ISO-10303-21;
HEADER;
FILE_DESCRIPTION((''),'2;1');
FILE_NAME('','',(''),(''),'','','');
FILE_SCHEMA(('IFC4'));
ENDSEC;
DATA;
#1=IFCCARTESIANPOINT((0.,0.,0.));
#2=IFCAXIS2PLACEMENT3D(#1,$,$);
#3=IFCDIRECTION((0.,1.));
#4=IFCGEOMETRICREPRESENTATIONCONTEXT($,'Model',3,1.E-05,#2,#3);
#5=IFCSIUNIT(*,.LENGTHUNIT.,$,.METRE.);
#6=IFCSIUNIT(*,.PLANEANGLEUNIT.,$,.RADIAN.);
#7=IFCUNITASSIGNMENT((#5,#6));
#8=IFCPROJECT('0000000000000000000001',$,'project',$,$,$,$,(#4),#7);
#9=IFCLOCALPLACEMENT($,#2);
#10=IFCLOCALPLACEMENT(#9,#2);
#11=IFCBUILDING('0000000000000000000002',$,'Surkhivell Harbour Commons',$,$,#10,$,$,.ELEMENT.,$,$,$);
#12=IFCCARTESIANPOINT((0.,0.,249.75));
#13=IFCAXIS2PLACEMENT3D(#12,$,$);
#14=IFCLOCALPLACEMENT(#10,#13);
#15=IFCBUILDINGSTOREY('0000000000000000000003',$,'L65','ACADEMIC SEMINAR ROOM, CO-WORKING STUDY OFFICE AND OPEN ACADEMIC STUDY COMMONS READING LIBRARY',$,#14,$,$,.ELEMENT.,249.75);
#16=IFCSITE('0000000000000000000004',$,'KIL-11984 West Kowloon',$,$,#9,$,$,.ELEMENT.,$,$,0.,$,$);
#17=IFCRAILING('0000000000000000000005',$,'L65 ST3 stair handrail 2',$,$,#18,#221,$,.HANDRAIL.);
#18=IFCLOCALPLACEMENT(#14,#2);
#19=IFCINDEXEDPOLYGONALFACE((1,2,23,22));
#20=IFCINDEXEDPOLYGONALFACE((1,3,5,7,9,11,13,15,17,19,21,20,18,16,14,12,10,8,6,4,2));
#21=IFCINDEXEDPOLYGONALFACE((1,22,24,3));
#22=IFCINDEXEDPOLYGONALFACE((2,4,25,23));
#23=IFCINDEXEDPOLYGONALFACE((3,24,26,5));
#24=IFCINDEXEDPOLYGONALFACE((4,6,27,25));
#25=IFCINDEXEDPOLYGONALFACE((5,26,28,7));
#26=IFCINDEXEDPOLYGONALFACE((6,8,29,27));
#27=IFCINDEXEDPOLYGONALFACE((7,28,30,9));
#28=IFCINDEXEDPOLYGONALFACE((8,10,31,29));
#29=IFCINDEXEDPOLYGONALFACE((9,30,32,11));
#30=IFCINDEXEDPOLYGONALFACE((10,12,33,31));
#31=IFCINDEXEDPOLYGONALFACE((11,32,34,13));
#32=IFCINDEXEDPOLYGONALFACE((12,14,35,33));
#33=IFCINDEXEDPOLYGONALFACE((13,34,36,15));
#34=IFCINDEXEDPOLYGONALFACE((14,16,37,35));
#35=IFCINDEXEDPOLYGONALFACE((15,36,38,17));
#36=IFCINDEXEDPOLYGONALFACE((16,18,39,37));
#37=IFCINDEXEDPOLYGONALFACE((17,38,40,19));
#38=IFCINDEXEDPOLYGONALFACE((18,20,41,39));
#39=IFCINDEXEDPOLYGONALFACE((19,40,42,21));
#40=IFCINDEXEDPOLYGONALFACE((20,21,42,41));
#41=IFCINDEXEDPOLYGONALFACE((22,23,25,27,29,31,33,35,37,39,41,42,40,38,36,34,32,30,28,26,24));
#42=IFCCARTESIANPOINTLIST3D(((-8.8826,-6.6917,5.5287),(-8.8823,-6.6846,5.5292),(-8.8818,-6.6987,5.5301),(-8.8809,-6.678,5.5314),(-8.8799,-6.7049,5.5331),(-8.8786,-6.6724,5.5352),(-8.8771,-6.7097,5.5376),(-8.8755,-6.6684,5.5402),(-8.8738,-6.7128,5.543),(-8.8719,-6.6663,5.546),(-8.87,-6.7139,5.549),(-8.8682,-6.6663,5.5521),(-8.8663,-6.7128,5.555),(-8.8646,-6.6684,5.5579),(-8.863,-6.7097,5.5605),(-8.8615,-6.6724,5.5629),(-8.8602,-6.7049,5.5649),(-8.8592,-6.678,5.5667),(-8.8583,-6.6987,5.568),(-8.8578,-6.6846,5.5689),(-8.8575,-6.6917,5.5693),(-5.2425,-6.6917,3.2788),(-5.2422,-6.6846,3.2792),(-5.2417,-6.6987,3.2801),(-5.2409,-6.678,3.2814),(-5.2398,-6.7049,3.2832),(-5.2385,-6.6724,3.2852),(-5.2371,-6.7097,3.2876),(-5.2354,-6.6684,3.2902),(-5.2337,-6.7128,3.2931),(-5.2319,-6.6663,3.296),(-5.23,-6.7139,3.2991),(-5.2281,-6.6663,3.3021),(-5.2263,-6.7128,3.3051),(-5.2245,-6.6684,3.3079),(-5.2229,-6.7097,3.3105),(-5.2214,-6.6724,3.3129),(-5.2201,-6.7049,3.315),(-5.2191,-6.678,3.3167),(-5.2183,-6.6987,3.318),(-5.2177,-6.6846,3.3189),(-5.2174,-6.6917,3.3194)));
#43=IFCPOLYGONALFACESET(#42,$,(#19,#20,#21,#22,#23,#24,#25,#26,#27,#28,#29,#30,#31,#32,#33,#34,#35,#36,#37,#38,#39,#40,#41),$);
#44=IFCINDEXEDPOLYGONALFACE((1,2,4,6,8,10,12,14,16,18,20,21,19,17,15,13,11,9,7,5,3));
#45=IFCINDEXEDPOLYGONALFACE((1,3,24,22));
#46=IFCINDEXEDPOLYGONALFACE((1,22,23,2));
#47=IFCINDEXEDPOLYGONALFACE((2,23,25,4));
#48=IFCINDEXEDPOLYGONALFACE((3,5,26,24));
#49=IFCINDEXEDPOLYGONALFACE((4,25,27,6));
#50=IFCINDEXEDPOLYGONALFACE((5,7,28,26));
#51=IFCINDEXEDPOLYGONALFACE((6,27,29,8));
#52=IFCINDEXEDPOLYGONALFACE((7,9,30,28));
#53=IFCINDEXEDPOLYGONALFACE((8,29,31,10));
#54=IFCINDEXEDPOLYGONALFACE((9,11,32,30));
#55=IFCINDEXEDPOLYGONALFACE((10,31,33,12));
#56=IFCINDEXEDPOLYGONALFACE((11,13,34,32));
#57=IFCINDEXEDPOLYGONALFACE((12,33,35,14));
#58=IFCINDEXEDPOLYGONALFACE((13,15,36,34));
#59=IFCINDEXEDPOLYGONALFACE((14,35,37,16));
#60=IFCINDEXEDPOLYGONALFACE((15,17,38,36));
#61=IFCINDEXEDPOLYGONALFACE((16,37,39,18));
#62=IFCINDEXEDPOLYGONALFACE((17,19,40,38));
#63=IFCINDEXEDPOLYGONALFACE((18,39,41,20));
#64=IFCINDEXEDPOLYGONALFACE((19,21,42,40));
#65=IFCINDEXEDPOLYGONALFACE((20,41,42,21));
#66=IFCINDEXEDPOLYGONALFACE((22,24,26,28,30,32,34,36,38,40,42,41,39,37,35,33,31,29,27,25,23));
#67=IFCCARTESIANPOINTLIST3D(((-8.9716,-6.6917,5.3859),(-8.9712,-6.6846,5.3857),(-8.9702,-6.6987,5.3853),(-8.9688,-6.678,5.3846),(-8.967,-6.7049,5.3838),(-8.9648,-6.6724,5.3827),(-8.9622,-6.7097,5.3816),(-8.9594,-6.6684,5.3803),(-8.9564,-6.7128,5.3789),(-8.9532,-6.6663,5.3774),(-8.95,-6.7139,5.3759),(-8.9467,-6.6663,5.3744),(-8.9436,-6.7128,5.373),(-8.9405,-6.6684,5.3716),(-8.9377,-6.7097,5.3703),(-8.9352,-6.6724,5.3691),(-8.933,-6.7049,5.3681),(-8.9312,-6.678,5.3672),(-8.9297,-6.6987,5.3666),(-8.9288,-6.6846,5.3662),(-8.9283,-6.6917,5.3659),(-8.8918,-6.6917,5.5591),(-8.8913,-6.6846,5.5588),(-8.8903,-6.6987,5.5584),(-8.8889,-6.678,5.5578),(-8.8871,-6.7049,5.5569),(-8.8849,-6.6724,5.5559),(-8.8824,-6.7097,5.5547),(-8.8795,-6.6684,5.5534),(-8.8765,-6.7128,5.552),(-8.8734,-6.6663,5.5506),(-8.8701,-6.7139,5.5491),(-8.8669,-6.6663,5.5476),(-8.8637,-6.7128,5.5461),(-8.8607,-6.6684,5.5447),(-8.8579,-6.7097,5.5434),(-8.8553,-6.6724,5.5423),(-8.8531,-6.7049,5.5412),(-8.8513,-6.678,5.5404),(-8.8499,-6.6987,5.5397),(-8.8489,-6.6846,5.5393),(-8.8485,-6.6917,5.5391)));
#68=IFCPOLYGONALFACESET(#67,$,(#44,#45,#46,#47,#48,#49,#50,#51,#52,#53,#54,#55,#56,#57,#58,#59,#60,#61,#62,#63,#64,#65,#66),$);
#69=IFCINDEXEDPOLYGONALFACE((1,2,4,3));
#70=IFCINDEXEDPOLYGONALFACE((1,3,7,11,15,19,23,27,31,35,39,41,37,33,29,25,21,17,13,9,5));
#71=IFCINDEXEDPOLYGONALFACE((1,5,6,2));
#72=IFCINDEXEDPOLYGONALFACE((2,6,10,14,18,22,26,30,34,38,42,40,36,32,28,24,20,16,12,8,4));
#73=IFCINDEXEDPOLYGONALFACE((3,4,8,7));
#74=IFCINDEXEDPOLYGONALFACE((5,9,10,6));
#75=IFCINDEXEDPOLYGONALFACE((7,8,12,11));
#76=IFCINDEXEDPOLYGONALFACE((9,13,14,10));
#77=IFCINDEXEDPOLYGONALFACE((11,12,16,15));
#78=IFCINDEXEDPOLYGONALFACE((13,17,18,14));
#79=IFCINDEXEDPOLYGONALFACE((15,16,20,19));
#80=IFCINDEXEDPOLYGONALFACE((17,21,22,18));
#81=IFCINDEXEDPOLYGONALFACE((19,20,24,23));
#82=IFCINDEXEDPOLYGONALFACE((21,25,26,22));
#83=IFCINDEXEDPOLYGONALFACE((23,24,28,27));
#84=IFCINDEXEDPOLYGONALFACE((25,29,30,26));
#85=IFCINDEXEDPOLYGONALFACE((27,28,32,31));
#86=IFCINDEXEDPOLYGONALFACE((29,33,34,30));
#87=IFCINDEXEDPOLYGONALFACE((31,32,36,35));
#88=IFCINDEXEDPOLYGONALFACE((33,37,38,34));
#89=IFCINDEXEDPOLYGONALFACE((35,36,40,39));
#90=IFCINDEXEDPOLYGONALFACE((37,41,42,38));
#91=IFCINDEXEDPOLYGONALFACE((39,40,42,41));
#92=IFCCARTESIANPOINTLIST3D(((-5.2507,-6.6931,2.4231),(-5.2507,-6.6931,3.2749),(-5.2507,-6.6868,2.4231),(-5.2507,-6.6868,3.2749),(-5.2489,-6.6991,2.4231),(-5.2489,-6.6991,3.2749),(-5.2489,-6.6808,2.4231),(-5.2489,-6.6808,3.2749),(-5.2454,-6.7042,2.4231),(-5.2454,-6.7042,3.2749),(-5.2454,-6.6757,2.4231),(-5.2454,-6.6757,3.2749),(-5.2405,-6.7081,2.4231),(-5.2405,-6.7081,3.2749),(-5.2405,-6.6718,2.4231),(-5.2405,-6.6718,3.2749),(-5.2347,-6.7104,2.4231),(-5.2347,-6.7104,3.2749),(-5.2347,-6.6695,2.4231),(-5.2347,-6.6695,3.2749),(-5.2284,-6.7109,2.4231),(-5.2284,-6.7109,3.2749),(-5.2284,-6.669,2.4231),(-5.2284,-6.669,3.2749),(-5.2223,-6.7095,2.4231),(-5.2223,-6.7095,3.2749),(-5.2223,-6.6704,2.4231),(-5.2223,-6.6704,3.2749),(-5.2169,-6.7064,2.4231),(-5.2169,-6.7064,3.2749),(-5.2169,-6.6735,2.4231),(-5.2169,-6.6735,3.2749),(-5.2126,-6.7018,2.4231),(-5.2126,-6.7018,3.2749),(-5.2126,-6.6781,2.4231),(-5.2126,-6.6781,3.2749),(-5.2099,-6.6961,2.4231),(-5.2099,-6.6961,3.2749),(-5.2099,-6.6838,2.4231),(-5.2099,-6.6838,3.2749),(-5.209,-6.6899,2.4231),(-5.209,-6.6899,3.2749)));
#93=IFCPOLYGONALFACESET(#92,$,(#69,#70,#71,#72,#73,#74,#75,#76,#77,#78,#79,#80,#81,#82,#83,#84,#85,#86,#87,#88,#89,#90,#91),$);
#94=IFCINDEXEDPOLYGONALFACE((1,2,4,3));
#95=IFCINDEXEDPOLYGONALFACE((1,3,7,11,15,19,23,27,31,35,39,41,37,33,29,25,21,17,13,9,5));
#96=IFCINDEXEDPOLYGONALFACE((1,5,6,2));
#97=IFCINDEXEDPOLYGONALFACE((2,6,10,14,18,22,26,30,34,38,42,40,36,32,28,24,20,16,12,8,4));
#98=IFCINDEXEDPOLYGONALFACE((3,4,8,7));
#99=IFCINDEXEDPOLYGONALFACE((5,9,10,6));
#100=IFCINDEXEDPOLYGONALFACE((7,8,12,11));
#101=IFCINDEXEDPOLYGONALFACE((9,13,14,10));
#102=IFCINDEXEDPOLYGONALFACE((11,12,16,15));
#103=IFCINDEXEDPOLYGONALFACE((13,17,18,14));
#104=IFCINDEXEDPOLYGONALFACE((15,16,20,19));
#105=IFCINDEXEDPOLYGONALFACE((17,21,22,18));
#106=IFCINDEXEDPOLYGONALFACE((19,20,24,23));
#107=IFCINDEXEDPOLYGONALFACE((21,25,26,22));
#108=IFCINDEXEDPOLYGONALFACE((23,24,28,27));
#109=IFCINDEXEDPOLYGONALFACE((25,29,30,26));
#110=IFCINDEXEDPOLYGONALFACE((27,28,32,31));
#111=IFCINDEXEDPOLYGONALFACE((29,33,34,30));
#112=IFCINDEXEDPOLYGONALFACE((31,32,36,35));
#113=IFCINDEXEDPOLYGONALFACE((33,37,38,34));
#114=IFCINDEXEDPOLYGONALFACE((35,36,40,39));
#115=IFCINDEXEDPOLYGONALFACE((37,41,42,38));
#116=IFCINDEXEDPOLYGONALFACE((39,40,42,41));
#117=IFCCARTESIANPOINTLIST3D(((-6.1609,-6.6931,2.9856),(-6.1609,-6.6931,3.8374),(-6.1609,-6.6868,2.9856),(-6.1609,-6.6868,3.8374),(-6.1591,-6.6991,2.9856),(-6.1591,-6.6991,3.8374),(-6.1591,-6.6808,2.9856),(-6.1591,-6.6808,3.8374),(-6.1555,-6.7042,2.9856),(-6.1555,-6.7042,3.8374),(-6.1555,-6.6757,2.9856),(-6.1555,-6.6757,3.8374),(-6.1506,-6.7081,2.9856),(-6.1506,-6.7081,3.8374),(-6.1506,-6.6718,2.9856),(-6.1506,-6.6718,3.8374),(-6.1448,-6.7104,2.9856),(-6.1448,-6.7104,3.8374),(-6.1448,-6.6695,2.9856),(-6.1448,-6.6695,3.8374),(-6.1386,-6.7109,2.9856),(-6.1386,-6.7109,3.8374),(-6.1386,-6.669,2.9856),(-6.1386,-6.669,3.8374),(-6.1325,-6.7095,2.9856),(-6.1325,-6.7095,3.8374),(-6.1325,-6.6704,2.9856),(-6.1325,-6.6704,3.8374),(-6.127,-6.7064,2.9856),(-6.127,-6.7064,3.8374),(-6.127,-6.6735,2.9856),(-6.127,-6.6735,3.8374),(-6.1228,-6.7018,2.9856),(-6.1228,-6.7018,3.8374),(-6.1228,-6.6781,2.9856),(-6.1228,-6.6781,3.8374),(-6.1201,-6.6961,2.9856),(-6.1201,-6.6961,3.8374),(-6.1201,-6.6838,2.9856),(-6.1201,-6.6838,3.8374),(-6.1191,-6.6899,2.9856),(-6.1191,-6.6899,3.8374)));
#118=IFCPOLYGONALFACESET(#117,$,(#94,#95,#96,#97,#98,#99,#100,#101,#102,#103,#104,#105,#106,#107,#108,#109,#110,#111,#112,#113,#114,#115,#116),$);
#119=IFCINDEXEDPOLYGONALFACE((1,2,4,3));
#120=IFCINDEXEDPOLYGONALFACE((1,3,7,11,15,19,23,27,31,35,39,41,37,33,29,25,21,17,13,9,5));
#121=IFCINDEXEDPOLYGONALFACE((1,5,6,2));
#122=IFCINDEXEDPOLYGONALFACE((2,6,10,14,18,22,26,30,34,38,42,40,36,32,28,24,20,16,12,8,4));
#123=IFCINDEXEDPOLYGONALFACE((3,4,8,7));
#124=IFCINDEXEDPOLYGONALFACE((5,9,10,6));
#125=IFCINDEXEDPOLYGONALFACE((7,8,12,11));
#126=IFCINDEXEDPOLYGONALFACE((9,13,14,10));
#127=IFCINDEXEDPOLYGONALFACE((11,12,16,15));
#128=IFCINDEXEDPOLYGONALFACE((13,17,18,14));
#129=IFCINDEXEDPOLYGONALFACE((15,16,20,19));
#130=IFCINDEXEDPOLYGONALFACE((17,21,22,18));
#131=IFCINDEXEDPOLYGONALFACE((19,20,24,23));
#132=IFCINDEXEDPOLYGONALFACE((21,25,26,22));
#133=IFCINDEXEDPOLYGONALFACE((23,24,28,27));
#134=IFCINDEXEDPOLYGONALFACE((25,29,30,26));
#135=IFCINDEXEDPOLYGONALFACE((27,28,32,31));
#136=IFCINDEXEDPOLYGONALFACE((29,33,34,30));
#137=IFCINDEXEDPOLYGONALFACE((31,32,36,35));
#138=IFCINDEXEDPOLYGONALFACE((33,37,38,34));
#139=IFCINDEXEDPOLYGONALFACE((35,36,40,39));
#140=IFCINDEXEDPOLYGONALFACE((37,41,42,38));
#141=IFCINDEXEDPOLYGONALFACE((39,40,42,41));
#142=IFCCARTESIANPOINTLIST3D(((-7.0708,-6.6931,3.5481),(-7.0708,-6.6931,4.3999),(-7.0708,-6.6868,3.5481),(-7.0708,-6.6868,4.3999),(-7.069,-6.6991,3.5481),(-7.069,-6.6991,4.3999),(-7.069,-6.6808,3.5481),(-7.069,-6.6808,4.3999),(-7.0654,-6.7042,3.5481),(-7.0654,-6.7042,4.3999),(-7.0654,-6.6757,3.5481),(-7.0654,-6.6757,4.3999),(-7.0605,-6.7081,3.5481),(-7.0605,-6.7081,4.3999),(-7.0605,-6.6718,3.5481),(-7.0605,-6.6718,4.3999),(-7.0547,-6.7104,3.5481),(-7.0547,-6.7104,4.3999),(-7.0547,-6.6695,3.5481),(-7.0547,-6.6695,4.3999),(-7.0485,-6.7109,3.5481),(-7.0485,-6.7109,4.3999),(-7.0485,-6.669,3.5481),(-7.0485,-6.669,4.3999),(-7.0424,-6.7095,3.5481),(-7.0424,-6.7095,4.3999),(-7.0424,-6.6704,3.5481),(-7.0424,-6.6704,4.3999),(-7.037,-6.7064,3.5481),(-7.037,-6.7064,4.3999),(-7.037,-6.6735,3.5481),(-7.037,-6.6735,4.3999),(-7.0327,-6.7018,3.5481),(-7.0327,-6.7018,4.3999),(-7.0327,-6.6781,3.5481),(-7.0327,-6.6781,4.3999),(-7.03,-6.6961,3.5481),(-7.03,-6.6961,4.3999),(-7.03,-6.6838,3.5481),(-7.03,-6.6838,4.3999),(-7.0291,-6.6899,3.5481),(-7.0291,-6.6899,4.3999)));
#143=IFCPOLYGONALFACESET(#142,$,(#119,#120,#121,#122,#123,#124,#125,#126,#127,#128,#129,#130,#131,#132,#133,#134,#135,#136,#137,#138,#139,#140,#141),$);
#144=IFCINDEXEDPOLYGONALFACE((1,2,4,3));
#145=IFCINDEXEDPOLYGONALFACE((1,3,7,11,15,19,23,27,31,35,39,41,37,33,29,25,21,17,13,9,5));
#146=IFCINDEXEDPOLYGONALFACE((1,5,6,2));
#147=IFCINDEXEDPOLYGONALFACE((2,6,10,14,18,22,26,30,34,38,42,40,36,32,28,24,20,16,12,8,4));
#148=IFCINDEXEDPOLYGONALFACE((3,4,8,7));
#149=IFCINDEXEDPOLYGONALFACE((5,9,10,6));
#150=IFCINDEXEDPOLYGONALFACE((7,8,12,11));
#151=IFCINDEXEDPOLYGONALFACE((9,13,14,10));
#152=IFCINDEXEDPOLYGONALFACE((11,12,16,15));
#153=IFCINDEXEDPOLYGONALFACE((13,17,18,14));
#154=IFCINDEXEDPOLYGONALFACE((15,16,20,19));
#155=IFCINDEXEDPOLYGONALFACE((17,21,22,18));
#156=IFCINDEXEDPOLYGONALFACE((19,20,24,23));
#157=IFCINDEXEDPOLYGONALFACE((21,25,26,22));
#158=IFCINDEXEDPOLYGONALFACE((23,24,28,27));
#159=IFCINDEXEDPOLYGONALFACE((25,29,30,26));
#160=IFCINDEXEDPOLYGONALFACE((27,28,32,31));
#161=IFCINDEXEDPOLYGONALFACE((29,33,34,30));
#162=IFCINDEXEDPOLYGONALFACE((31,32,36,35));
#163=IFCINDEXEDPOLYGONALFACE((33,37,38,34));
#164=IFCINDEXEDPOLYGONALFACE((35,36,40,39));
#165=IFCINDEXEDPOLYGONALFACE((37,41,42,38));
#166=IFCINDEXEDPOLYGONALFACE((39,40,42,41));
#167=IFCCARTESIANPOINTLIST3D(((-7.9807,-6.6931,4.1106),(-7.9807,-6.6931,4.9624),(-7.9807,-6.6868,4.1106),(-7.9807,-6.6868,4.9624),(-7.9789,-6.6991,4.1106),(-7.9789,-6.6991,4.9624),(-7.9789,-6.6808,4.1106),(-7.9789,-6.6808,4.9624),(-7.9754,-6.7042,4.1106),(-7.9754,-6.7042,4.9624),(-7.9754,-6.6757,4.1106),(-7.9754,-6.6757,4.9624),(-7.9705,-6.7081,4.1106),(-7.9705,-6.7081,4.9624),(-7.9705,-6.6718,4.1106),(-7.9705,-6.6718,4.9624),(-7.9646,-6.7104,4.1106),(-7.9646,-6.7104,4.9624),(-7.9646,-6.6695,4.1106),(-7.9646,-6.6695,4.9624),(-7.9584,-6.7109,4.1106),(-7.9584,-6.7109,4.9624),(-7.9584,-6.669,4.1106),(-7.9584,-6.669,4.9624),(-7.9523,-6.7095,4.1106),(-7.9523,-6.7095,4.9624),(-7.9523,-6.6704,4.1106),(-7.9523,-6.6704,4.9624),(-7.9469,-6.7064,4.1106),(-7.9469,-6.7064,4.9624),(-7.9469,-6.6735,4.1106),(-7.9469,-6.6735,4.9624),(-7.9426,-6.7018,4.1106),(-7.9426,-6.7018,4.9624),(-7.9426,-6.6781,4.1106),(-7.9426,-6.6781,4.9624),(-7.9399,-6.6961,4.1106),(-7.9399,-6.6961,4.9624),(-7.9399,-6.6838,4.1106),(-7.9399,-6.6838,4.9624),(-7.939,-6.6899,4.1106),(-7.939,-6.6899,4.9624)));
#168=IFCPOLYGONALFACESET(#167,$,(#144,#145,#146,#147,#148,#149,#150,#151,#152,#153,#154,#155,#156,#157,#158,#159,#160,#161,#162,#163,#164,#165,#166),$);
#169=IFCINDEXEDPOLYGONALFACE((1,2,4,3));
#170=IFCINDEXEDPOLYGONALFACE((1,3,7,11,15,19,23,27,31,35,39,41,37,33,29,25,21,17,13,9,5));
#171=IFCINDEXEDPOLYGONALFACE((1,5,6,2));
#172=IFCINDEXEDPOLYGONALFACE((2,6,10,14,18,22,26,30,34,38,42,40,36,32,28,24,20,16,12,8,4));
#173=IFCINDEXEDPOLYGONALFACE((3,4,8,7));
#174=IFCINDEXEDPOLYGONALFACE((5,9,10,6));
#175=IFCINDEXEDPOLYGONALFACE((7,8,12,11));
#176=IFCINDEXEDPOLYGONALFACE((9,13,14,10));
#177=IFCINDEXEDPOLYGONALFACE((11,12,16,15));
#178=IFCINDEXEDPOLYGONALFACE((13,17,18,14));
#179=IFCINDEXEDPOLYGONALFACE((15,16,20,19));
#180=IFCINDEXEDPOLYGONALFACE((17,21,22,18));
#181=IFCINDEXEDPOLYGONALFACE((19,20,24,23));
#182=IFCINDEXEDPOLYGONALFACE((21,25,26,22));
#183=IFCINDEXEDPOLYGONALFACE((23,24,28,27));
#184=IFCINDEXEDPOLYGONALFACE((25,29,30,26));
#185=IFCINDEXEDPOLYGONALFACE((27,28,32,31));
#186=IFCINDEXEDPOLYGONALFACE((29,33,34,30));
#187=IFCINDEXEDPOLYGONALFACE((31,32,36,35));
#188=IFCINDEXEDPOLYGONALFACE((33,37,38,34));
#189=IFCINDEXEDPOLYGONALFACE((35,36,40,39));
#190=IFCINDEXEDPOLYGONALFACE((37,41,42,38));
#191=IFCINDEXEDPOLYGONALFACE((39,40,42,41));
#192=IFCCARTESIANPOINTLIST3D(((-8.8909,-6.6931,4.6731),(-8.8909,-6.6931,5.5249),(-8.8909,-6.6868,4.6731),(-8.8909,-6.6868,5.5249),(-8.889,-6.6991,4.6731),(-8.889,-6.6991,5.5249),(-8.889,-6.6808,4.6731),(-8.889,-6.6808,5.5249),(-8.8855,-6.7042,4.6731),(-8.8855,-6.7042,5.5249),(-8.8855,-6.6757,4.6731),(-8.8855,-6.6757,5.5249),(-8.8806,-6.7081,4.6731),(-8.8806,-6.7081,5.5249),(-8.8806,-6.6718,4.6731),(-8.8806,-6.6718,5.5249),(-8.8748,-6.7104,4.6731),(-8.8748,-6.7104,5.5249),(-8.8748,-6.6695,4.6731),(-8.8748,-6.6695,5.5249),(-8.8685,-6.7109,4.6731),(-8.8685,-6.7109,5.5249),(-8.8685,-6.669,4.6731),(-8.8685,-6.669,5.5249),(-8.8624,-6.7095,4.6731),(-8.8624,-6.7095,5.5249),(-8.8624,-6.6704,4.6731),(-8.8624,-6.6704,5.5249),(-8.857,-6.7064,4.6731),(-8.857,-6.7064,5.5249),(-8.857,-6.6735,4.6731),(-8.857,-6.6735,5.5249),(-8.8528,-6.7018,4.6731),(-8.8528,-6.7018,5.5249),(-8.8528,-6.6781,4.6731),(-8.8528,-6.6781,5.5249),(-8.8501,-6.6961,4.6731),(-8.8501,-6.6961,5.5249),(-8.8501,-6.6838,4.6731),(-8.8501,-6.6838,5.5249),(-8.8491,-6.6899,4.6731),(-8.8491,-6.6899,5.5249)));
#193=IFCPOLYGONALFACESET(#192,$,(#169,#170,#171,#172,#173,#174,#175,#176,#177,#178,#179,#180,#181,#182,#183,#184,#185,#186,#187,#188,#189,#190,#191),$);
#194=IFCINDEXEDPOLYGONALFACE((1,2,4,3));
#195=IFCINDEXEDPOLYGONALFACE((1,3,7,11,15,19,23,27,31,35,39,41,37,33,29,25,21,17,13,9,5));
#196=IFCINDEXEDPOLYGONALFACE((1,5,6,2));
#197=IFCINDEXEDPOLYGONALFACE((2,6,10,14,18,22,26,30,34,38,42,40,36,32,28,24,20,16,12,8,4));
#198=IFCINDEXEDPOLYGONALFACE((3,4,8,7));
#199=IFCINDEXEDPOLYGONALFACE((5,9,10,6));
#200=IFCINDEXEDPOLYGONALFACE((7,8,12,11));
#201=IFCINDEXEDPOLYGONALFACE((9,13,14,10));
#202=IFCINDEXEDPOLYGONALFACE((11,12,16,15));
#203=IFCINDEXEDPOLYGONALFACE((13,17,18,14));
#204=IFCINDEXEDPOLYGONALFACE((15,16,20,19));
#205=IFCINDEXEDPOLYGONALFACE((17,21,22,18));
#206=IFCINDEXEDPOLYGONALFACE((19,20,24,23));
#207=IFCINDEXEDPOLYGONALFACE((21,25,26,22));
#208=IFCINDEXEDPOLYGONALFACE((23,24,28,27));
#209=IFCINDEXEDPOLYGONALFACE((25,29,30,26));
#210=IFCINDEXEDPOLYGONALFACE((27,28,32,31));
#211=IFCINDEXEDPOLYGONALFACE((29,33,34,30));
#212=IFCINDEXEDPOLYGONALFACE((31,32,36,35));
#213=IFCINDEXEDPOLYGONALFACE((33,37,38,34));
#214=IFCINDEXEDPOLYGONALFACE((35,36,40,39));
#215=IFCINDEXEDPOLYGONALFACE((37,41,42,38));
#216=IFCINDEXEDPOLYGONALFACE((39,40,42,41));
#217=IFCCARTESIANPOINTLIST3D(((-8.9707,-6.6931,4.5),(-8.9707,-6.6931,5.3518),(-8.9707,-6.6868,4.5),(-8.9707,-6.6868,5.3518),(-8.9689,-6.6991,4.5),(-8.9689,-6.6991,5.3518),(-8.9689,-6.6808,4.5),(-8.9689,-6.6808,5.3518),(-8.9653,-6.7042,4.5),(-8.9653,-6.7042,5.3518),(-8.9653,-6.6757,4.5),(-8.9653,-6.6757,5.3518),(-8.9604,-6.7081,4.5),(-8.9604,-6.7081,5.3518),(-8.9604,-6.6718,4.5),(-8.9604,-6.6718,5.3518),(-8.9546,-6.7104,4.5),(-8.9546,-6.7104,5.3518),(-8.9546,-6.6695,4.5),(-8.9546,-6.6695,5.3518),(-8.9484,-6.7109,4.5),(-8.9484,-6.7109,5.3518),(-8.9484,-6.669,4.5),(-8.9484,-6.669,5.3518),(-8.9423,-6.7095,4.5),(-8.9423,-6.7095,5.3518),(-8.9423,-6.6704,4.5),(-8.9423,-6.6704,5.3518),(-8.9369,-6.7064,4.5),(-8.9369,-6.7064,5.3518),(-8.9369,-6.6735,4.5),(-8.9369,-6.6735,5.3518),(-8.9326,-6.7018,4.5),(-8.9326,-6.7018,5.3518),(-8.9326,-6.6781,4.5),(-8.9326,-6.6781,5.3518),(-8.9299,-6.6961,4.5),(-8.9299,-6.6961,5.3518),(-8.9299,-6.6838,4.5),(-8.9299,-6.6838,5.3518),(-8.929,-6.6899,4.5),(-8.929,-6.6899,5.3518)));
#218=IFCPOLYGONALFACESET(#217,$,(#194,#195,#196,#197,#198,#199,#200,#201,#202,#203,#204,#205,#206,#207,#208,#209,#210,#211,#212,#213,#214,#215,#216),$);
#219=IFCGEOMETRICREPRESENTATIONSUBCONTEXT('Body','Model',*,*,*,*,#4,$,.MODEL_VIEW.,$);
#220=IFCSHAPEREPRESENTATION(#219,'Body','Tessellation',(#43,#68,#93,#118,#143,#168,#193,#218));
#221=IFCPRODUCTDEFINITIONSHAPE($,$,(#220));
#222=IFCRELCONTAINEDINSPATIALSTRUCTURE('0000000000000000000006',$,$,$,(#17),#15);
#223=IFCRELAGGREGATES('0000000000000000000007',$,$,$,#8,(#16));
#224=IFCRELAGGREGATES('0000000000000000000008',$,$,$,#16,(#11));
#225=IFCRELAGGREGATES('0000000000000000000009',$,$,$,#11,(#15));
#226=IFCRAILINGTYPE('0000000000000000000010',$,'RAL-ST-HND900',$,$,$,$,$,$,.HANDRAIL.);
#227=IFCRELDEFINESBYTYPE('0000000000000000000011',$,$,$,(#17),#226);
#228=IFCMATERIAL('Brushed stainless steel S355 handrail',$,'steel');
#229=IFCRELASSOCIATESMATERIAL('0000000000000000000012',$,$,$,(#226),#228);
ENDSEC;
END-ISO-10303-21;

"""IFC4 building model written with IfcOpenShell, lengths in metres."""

from ifc_helpers import new_model, si_unit, direction, frame, origin, origin_2d, place, context, subcontext, project, spatial, circle, extrude, material, type_object, element, save


model = new_model("IFC4")

# Units and contexts
model_context = context("Model", 3, precision=1e-05, world=origin(), true_north=direction((0.0, 1.0)))
body_context = subcontext(model_context, "Body", "Model", "MODEL_VIEW")
ifc_project = project(units=[si_unit("LENGTHUNIT", "METRE"), si_unit("PLANEANGLEUNIT", "RADIAN")], contexts=[model_context])

# Site, building, storey
site_placement = place(None, origin())
site = spatial("IfcSite", under=ifc_project, at=site_placement, Name="KIL-11984 West Kowloon", CompositionType="ELEMENT", RefElevation=0.0)
building_placement = place(site_placement, origin())
building = spatial("IfcBuilding", under=site, at=building_placement, Name="Surkhivell Harbour Commons", CompositionType="ELEMENT")
storey_placement = place(building_placement, frame((0.0, 0.0, 249.75)))
storey = spatial("IfcBuildingStorey", under=building, at=storey_placement, Name="L65", Description="ACADEMIC SEMINAR ROOM, CO-WORKING STUDY OFFICE AND OPEN ACADEMIC STUDY COMMONS READING LIBRARY", CompositionType="ELEMENT", Elevation=249.75)

# Railing
ifc_material_1 = material(Name="Brushed stainless steel S355 handrail", Category="steel")
railing_type_1 = type_object("IfcRailingType", Name="RAL-ST-HND900", PredefinedType="HANDRAIL", material=ifc_material_1)
railing_1_placement = place(storey_placement, frame((-5.23, -6.6899, 2.4231)))
element("IfcRailing", 1, at=railing_1_placement, inside=storey, type_object=railing_type_1, Name="L65 ST3 stair handrail 2", PredefinedType="HANDRAIL", context=body_context, shape_type="SweptSolid", body=[
    extrude(circle(Radius=0.0239, at=origin_2d()), frame((0.0, 0.0, 0.876), z_axis=(-0.850622, 0.0, 0.525777), x_axis=(0.0, -1.0, 0.0)), (0.0, 0.0, 1.0), 4.2793),
    extrude(circle(Radius=0.0239, at=origin_2d()), frame((-3.6401, 0.0, 3.126), z_axis=(-0.418815, 0.0, -0.908072), x_axis=(0.0, -1.0, 0.0)), (0.0, 0.0, 1.0), 0.1907),
    extrude(circle(Radius=0.021, at=origin_2d()), origin(), (0.0, 0.0, 1.0), 0.8518),
    extrude(circle(Radius=0.021, at=origin_2d()), frame((-0.9102, 0.0, 0.5625)), (0.0, 0.0, 1.0), 0.8518),
    extrude(circle(Radius=0.021, at=origin_2d()), frame((-1.8201, 0.0, 1.125)), (0.0, 0.0, 1.0), 0.8518),
    extrude(circle(Radius=0.021, at=origin_2d()), frame((-2.73, 0.0, 1.6875)), (0.0, 0.0, 1.0), 0.8518),
    extrude(circle(Radius=0.021, at=origin_2d()), frame((-3.6401, 0.0, 2.25)), (0.0, 0.0, 1.0), 0.8518),
    extrude(circle(Radius=0.021, at=origin_2d()), frame((-3.72, 0.0, 2.0769)), (0.0, 0.0, 1.0), 0.8518),
])

save(model, "model.ifc")
